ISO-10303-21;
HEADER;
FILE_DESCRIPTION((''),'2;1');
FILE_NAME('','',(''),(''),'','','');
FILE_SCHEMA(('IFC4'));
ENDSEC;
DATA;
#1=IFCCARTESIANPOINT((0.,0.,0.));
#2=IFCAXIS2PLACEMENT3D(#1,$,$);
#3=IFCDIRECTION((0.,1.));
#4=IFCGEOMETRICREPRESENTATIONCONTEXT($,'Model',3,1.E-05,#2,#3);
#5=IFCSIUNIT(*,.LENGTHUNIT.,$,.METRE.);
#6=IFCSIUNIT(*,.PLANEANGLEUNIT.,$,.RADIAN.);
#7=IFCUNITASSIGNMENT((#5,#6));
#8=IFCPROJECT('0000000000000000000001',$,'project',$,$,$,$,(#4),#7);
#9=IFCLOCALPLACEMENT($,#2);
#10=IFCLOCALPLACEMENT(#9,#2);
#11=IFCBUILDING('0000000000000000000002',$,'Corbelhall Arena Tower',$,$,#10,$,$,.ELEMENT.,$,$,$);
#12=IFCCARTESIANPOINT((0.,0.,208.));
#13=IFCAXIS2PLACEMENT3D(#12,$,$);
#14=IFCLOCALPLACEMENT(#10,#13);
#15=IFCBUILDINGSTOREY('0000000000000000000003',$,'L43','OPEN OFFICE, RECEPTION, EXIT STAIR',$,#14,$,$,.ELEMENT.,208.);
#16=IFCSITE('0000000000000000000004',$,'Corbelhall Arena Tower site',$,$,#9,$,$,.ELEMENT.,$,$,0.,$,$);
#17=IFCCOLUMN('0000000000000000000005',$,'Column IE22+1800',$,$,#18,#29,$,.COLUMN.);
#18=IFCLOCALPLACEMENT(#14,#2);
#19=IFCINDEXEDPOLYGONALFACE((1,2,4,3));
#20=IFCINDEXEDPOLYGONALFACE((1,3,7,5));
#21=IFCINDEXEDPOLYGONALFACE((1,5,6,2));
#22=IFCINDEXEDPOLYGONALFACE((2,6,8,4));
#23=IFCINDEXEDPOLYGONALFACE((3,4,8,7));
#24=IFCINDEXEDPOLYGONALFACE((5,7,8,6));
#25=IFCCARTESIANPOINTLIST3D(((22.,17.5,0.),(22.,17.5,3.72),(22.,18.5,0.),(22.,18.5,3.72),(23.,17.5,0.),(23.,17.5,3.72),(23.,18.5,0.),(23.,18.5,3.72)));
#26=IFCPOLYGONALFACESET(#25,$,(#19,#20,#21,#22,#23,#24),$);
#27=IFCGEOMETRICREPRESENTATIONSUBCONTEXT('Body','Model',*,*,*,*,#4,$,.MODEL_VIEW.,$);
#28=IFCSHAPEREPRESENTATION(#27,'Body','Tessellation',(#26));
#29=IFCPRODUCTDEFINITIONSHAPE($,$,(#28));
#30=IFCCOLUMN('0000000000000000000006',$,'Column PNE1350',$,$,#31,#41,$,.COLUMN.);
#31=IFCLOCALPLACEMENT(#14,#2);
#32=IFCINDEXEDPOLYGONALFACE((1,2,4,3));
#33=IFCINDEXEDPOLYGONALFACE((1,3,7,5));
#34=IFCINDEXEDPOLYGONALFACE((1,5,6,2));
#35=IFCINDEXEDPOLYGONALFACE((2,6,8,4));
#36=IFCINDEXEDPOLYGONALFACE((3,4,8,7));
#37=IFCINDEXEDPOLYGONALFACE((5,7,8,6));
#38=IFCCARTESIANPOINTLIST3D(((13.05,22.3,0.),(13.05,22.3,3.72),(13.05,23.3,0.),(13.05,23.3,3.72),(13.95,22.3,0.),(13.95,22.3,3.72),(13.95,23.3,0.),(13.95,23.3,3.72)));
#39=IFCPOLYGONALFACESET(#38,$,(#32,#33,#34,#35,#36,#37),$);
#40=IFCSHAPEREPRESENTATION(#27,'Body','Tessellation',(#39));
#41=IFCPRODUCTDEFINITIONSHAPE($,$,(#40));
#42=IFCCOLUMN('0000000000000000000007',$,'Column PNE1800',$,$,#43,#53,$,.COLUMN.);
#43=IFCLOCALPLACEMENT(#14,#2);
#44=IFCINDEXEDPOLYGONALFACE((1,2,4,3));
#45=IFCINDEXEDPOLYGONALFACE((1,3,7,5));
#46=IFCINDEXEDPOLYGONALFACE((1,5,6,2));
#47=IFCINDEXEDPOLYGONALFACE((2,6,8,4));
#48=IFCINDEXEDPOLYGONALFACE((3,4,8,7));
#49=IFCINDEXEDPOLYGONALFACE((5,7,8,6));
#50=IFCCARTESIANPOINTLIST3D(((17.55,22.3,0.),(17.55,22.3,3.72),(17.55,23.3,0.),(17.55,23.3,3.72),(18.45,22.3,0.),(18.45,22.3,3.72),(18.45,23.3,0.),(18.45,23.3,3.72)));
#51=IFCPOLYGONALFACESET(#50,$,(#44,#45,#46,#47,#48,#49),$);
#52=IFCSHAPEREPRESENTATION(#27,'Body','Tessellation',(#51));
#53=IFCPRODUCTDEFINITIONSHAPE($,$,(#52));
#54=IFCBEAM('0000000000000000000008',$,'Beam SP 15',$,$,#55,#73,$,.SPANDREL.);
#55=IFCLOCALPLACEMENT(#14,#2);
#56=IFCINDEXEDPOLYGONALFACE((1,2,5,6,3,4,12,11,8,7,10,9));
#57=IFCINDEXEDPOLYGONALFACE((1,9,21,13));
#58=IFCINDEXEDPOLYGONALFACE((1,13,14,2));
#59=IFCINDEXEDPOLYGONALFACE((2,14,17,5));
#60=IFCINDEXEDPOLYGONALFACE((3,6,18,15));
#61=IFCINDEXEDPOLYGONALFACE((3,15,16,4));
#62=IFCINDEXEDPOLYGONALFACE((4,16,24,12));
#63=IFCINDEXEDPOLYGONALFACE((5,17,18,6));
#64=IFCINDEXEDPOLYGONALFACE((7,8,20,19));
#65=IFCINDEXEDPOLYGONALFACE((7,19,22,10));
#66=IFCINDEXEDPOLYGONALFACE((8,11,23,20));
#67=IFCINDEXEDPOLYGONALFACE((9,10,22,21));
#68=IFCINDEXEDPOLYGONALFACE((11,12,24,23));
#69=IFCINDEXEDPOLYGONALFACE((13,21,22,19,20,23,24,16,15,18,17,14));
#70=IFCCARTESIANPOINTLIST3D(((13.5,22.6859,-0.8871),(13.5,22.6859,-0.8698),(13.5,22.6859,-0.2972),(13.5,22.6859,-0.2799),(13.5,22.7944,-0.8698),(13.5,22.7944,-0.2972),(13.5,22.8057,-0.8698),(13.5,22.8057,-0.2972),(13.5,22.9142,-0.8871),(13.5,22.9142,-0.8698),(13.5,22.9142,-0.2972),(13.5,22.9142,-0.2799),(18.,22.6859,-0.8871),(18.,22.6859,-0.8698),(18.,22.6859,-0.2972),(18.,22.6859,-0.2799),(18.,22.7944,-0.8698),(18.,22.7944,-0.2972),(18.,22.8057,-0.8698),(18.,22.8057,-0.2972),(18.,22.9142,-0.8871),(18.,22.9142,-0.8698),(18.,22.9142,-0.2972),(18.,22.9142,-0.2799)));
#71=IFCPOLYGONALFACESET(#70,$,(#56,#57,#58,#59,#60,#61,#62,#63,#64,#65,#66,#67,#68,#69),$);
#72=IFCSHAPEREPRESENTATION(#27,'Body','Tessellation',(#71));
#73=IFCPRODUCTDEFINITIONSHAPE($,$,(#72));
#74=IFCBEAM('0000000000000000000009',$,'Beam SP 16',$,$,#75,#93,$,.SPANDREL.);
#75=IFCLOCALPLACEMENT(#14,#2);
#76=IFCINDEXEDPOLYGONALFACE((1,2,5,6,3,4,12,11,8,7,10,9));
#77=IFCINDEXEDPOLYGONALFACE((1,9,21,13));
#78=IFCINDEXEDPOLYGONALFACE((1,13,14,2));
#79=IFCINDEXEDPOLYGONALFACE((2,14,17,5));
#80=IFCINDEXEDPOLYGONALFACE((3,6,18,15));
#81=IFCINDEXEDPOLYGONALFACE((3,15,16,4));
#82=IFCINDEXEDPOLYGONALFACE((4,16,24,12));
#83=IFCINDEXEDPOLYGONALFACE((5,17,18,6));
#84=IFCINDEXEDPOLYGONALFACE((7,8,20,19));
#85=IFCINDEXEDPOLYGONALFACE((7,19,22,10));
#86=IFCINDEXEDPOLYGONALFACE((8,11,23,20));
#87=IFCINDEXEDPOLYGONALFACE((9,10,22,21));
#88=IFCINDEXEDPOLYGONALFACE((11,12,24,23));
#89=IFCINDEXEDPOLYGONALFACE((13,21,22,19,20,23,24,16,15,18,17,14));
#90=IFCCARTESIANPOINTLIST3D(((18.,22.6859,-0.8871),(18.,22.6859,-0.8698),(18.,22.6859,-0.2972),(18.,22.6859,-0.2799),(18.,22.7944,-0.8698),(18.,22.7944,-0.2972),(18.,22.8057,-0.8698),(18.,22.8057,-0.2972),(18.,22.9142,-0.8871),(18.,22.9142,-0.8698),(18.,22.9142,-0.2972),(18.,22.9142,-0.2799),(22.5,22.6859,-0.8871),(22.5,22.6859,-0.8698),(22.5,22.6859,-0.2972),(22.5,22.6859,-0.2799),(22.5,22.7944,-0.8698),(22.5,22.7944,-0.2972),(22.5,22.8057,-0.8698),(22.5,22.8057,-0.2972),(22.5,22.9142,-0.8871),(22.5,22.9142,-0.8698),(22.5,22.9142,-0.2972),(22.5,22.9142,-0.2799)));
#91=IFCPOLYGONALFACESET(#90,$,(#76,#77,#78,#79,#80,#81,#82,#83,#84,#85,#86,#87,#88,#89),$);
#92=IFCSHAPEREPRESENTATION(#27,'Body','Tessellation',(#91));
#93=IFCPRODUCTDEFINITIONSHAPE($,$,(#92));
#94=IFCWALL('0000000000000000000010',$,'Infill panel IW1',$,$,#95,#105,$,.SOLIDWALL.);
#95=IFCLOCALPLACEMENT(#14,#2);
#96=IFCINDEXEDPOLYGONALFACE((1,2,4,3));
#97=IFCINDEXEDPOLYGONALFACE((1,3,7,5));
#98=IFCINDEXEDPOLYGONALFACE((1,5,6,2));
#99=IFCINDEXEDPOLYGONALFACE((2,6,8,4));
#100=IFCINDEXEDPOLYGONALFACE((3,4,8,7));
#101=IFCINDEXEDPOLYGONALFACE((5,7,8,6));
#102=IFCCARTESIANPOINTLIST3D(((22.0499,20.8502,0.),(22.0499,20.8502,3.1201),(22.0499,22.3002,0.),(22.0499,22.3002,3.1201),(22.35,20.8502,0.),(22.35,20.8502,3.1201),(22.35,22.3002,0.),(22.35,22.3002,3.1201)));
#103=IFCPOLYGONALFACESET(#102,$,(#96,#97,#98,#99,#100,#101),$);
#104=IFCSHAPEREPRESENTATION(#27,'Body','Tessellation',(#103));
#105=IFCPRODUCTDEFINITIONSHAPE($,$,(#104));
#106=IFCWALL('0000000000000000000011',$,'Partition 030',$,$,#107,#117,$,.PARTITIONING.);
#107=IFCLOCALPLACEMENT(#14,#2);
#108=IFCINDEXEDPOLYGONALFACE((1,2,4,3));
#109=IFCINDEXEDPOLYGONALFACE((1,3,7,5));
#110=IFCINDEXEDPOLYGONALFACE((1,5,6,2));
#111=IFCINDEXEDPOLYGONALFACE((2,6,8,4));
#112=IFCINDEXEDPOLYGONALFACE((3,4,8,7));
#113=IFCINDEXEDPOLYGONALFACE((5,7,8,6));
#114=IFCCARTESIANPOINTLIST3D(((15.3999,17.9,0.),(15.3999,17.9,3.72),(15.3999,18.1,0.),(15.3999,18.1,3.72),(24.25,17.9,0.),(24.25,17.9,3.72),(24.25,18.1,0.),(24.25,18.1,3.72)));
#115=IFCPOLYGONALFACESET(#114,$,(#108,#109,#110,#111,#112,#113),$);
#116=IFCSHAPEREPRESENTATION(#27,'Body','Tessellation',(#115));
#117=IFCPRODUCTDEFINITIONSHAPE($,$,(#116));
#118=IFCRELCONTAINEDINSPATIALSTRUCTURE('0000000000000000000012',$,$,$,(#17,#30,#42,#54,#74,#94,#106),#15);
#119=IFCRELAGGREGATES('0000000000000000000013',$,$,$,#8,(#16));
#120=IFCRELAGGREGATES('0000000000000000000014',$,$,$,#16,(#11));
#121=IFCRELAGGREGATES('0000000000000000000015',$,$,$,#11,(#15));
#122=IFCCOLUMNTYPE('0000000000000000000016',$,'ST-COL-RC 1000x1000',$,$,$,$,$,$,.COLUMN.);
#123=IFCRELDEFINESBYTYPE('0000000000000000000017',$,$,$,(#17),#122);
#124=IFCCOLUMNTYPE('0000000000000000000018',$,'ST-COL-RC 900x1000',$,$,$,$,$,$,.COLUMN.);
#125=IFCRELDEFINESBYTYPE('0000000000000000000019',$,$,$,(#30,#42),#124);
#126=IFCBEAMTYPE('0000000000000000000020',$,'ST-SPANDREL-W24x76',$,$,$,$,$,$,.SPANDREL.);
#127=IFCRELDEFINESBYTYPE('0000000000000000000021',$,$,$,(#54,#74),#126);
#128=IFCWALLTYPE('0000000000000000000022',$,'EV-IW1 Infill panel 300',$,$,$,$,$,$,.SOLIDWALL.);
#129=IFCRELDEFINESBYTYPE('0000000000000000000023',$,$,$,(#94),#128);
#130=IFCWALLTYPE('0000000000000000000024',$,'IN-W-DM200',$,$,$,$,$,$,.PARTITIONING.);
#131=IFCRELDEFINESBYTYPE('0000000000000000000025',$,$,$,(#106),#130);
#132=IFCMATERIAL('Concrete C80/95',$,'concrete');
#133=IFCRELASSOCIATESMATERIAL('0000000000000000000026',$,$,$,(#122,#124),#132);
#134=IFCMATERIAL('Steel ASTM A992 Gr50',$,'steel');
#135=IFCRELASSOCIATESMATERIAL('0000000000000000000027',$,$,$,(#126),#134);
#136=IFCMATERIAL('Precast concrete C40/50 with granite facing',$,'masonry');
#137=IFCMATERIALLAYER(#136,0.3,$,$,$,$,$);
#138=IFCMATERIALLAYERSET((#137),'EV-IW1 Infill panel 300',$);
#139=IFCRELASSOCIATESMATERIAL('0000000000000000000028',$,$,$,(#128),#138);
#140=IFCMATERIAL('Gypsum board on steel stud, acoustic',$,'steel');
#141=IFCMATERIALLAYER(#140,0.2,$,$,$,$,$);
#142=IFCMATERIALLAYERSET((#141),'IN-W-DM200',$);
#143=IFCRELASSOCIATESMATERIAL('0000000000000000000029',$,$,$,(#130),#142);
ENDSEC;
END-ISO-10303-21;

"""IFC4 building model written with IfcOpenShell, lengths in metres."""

from ifc_helpers import new_model, si_unit, direction, frame, frame_2d, origin, origin_2d, place, context, subcontext, project, spatial, rectangle, i_section, extrude, material, layer, layer_set, material_profile, profile_set, type_object, element, save


model = new_model("IFC4")

# Units and contexts
model_context = context("Model", 3, precision=1e-05, world=origin(), true_north=direction((0.0, 1.0)))
body_context = subcontext(model_context, "Body", "Model", "MODEL_VIEW")
ifc_project = project(units=[si_unit("LENGTHUNIT", "METRE"), si_unit("PLANEANGLEUNIT", "RADIAN")], contexts=[model_context])

# Site, building, storey
site_placement = place(None, origin())
site = spatial("IfcSite", under=ifc_project, at=site_placement, Name="Corbelhall Arena Tower site", CompositionType="ELEMENT", RefElevation=0.0)
building_placement = place(site_placement, origin())
building = spatial("IfcBuilding", under=site, at=building_placement, Name="Corbelhall Arena Tower", CompositionType="ELEMENT")
storey_placement = place(building_placement, frame((0.0, 0.0, 208.0)))
storey = spatial("IfcBuildingStorey", under=building, at=storey_placement, Name="L43", Description="OPEN OFFICE, RECEPTION, EXIT STAIR", CompositionType="ELEMENT", Elevation=208.0)

# Columns
ifc_material_1 = material(Name="Concrete C80/95", Category="concrete")
ifc_material_profile_1 = material_profile(ifc_material_1, rectangle(XDim=1.0, YDim=1.0, at=origin_2d()))
ifc_profile_set_1 = profile_set([ifc_material_profile_1], Name="Concrete C80/95")
column_type_1 = type_object("IfcColumnType", Name="ST-COL-RC 1000x1000", PredefinedType="COLUMN", material=ifc_profile_set_1)
column_placement = place(storey_placement, frame((22.5, 18.0, 0.0), z_axis=(0.0, 0.0, 1.0), x_axis=(1.0, 0.0, 0.0)))
element("IfcColumn", 1, at=column_placement, inside=storey, type_object=column_type_1, Name="Column IE22+1800", PredefinedType="COLUMN", context=body_context, shape_type="SweptSolid", body=[
    extrude(rectangle(XDim=1.0, YDim=1.0, at=origin_2d()), origin(), (0.0, 0.0, 1.0), 3.72),
])
ifc_material_profile_2 = material_profile(ifc_material_1, rectangle(XDim=0.8999, YDim=1.0, at=origin_2d()))
ifc_profile_set_2 = profile_set([ifc_material_profile_2], Name="Concrete C80/95")
column_type_2 = type_object("IfcColumnType", Name="ST-COL-RC 900x1000", PredefinedType="COLUMN", material=ifc_profile_set_2)
for number, where, z_axis, x_axis, name in (
    (2, (13.5, 22.8, 0.0), (0.0, 0.0, 1.0), (1.0, 0.0, 0.0), "Column PNE1350"),
    (3, (18.0, 22.8, 0.0), (0.0, 0.0, 1.0), (1.0, 0.0, 0.0), "Column PNE1800"),
):
    element("IfcColumn", number, at=place(storey_placement, frame(where, z_axis=z_axis, x_axis=x_axis)), inside=storey, type_object=column_type_2, Name=name, PredefinedType="COLUMN", context=body_context, shape_type="SweptSolid", body=[
        extrude(rectangle(XDim=0.8999, YDim=1.0, at=origin_2d()), origin(), (0.0, 0.0, 1.0), 3.72),
    ])

# Beams
ifc_material_2 = material(Name="Steel ASTM A992 Gr50", Category="steel")
ifc_material_profile_3 = material_profile(ifc_material_2, i_section(OverallWidth=0.2283, OverallDepth=0.6072, WebThickness=0.0112, FlangeThickness=0.0173, at=origin_2d()))
ifc_profile_set_3 = profile_set([ifc_material_profile_3], Name="Steel ASTM A992 Gr50")
beam_type = type_object("IfcBeamType", Name="ST-SPANDREL-W24x76", PredefinedType="SPANDREL", material=ifc_profile_set_3)
for number, where, z_axis, x_axis, name in (
    (4, (13.5, 22.8, -0.5835), (1.0, 0.0, 0.0), (0.0, 1.0, 0.0), "Beam SP 15"),
    (5, (18.0, 22.8, -0.5835), (1.0, 0.0, 0.0), (0.0, 1.0, 0.0), "Beam SP 16"),
):
    element("IfcBeam", number, at=place(storey_placement, frame(where, z_axis=z_axis, x_axis=x_axis)), inside=storey, type_object=beam_type, Name=name, PredefinedType="SPANDREL", context=body_context, shape_type="SweptSolid", body=[
        extrude(i_section(OverallWidth=0.2283, OverallDepth=0.6072, WebThickness=0.0112, FlangeThickness=0.0173, at=origin_2d()), origin(), (0.0, 0.0, 1.0), 4.5),
    ])

# Wall
ifc_material_3 = material(Name="Precast concrete C40/50 with granite facing", Category="masonry")
ifc_layer_1 = layer(ifc_material_3, 0.3)
ifc_layer_set_1 = layer_set([ifc_layer_1], Name="EV-IW1 Infill panel 300")
wall_type_1 = type_object("IfcWallType", Name="EV-IW1 Infill panel 300", PredefinedType="SOLIDWALL", material=ifc_layer_set_1)
wall_1_placement = place(storey_placement, frame((22.2, 20.8501, 0.0), z_axis=(0.0, 0.0, 1.0), x_axis=(0.0, 1.0, 0.0)))
element("IfcWall", 6, at=wall_1_placement, inside=storey, type_object=wall_type_1, Name="Infill panel IW1", PredefinedType="SOLIDWALL", context=body_context, shape_type="SweptSolid", body=[
    extrude(rectangle(XDim=1.45, YDim=0.3, at=frame_2d((0.7251, 0.0))), origin(), (0.0, 0.0, 1.0), 3.1201),
])

# Shared definitions
ifc_material_4 = material(Name="Gypsum board on steel stud, acoustic", Category="steel")
ifc_layer_2 = layer(ifc_material_4, 0.2)
ifc_layer_set_2 = layer_set([ifc_layer_2], Name="IN-W-DM200")
wall_type_2 = type_object("IfcWallType", Name="IN-W-DM200", PredefinedType="PARTITIONING", material=ifc_layer_set_2)

# Wall
wall_2_placement = place(storey_placement, frame((15.3999, 18.0, 0.0), z_axis=(0.0, 0.0, 1.0), x_axis=(1.0, 0.0, 0.0)))
element("IfcWall", 7, at=wall_2_placement, inside=storey, type_object=wall_type_2, Name="Partition 030", PredefinedType="PARTITIONING", context=body_context, shape_type="SweptSolid", body=[
    extrude(rectangle(XDim=8.8501, YDim=0.2, at=frame_2d((4.425, 0.0))), origin(), (0.0, 0.0, 1.0), 3.72),
])

save(model, "model.ifc")
